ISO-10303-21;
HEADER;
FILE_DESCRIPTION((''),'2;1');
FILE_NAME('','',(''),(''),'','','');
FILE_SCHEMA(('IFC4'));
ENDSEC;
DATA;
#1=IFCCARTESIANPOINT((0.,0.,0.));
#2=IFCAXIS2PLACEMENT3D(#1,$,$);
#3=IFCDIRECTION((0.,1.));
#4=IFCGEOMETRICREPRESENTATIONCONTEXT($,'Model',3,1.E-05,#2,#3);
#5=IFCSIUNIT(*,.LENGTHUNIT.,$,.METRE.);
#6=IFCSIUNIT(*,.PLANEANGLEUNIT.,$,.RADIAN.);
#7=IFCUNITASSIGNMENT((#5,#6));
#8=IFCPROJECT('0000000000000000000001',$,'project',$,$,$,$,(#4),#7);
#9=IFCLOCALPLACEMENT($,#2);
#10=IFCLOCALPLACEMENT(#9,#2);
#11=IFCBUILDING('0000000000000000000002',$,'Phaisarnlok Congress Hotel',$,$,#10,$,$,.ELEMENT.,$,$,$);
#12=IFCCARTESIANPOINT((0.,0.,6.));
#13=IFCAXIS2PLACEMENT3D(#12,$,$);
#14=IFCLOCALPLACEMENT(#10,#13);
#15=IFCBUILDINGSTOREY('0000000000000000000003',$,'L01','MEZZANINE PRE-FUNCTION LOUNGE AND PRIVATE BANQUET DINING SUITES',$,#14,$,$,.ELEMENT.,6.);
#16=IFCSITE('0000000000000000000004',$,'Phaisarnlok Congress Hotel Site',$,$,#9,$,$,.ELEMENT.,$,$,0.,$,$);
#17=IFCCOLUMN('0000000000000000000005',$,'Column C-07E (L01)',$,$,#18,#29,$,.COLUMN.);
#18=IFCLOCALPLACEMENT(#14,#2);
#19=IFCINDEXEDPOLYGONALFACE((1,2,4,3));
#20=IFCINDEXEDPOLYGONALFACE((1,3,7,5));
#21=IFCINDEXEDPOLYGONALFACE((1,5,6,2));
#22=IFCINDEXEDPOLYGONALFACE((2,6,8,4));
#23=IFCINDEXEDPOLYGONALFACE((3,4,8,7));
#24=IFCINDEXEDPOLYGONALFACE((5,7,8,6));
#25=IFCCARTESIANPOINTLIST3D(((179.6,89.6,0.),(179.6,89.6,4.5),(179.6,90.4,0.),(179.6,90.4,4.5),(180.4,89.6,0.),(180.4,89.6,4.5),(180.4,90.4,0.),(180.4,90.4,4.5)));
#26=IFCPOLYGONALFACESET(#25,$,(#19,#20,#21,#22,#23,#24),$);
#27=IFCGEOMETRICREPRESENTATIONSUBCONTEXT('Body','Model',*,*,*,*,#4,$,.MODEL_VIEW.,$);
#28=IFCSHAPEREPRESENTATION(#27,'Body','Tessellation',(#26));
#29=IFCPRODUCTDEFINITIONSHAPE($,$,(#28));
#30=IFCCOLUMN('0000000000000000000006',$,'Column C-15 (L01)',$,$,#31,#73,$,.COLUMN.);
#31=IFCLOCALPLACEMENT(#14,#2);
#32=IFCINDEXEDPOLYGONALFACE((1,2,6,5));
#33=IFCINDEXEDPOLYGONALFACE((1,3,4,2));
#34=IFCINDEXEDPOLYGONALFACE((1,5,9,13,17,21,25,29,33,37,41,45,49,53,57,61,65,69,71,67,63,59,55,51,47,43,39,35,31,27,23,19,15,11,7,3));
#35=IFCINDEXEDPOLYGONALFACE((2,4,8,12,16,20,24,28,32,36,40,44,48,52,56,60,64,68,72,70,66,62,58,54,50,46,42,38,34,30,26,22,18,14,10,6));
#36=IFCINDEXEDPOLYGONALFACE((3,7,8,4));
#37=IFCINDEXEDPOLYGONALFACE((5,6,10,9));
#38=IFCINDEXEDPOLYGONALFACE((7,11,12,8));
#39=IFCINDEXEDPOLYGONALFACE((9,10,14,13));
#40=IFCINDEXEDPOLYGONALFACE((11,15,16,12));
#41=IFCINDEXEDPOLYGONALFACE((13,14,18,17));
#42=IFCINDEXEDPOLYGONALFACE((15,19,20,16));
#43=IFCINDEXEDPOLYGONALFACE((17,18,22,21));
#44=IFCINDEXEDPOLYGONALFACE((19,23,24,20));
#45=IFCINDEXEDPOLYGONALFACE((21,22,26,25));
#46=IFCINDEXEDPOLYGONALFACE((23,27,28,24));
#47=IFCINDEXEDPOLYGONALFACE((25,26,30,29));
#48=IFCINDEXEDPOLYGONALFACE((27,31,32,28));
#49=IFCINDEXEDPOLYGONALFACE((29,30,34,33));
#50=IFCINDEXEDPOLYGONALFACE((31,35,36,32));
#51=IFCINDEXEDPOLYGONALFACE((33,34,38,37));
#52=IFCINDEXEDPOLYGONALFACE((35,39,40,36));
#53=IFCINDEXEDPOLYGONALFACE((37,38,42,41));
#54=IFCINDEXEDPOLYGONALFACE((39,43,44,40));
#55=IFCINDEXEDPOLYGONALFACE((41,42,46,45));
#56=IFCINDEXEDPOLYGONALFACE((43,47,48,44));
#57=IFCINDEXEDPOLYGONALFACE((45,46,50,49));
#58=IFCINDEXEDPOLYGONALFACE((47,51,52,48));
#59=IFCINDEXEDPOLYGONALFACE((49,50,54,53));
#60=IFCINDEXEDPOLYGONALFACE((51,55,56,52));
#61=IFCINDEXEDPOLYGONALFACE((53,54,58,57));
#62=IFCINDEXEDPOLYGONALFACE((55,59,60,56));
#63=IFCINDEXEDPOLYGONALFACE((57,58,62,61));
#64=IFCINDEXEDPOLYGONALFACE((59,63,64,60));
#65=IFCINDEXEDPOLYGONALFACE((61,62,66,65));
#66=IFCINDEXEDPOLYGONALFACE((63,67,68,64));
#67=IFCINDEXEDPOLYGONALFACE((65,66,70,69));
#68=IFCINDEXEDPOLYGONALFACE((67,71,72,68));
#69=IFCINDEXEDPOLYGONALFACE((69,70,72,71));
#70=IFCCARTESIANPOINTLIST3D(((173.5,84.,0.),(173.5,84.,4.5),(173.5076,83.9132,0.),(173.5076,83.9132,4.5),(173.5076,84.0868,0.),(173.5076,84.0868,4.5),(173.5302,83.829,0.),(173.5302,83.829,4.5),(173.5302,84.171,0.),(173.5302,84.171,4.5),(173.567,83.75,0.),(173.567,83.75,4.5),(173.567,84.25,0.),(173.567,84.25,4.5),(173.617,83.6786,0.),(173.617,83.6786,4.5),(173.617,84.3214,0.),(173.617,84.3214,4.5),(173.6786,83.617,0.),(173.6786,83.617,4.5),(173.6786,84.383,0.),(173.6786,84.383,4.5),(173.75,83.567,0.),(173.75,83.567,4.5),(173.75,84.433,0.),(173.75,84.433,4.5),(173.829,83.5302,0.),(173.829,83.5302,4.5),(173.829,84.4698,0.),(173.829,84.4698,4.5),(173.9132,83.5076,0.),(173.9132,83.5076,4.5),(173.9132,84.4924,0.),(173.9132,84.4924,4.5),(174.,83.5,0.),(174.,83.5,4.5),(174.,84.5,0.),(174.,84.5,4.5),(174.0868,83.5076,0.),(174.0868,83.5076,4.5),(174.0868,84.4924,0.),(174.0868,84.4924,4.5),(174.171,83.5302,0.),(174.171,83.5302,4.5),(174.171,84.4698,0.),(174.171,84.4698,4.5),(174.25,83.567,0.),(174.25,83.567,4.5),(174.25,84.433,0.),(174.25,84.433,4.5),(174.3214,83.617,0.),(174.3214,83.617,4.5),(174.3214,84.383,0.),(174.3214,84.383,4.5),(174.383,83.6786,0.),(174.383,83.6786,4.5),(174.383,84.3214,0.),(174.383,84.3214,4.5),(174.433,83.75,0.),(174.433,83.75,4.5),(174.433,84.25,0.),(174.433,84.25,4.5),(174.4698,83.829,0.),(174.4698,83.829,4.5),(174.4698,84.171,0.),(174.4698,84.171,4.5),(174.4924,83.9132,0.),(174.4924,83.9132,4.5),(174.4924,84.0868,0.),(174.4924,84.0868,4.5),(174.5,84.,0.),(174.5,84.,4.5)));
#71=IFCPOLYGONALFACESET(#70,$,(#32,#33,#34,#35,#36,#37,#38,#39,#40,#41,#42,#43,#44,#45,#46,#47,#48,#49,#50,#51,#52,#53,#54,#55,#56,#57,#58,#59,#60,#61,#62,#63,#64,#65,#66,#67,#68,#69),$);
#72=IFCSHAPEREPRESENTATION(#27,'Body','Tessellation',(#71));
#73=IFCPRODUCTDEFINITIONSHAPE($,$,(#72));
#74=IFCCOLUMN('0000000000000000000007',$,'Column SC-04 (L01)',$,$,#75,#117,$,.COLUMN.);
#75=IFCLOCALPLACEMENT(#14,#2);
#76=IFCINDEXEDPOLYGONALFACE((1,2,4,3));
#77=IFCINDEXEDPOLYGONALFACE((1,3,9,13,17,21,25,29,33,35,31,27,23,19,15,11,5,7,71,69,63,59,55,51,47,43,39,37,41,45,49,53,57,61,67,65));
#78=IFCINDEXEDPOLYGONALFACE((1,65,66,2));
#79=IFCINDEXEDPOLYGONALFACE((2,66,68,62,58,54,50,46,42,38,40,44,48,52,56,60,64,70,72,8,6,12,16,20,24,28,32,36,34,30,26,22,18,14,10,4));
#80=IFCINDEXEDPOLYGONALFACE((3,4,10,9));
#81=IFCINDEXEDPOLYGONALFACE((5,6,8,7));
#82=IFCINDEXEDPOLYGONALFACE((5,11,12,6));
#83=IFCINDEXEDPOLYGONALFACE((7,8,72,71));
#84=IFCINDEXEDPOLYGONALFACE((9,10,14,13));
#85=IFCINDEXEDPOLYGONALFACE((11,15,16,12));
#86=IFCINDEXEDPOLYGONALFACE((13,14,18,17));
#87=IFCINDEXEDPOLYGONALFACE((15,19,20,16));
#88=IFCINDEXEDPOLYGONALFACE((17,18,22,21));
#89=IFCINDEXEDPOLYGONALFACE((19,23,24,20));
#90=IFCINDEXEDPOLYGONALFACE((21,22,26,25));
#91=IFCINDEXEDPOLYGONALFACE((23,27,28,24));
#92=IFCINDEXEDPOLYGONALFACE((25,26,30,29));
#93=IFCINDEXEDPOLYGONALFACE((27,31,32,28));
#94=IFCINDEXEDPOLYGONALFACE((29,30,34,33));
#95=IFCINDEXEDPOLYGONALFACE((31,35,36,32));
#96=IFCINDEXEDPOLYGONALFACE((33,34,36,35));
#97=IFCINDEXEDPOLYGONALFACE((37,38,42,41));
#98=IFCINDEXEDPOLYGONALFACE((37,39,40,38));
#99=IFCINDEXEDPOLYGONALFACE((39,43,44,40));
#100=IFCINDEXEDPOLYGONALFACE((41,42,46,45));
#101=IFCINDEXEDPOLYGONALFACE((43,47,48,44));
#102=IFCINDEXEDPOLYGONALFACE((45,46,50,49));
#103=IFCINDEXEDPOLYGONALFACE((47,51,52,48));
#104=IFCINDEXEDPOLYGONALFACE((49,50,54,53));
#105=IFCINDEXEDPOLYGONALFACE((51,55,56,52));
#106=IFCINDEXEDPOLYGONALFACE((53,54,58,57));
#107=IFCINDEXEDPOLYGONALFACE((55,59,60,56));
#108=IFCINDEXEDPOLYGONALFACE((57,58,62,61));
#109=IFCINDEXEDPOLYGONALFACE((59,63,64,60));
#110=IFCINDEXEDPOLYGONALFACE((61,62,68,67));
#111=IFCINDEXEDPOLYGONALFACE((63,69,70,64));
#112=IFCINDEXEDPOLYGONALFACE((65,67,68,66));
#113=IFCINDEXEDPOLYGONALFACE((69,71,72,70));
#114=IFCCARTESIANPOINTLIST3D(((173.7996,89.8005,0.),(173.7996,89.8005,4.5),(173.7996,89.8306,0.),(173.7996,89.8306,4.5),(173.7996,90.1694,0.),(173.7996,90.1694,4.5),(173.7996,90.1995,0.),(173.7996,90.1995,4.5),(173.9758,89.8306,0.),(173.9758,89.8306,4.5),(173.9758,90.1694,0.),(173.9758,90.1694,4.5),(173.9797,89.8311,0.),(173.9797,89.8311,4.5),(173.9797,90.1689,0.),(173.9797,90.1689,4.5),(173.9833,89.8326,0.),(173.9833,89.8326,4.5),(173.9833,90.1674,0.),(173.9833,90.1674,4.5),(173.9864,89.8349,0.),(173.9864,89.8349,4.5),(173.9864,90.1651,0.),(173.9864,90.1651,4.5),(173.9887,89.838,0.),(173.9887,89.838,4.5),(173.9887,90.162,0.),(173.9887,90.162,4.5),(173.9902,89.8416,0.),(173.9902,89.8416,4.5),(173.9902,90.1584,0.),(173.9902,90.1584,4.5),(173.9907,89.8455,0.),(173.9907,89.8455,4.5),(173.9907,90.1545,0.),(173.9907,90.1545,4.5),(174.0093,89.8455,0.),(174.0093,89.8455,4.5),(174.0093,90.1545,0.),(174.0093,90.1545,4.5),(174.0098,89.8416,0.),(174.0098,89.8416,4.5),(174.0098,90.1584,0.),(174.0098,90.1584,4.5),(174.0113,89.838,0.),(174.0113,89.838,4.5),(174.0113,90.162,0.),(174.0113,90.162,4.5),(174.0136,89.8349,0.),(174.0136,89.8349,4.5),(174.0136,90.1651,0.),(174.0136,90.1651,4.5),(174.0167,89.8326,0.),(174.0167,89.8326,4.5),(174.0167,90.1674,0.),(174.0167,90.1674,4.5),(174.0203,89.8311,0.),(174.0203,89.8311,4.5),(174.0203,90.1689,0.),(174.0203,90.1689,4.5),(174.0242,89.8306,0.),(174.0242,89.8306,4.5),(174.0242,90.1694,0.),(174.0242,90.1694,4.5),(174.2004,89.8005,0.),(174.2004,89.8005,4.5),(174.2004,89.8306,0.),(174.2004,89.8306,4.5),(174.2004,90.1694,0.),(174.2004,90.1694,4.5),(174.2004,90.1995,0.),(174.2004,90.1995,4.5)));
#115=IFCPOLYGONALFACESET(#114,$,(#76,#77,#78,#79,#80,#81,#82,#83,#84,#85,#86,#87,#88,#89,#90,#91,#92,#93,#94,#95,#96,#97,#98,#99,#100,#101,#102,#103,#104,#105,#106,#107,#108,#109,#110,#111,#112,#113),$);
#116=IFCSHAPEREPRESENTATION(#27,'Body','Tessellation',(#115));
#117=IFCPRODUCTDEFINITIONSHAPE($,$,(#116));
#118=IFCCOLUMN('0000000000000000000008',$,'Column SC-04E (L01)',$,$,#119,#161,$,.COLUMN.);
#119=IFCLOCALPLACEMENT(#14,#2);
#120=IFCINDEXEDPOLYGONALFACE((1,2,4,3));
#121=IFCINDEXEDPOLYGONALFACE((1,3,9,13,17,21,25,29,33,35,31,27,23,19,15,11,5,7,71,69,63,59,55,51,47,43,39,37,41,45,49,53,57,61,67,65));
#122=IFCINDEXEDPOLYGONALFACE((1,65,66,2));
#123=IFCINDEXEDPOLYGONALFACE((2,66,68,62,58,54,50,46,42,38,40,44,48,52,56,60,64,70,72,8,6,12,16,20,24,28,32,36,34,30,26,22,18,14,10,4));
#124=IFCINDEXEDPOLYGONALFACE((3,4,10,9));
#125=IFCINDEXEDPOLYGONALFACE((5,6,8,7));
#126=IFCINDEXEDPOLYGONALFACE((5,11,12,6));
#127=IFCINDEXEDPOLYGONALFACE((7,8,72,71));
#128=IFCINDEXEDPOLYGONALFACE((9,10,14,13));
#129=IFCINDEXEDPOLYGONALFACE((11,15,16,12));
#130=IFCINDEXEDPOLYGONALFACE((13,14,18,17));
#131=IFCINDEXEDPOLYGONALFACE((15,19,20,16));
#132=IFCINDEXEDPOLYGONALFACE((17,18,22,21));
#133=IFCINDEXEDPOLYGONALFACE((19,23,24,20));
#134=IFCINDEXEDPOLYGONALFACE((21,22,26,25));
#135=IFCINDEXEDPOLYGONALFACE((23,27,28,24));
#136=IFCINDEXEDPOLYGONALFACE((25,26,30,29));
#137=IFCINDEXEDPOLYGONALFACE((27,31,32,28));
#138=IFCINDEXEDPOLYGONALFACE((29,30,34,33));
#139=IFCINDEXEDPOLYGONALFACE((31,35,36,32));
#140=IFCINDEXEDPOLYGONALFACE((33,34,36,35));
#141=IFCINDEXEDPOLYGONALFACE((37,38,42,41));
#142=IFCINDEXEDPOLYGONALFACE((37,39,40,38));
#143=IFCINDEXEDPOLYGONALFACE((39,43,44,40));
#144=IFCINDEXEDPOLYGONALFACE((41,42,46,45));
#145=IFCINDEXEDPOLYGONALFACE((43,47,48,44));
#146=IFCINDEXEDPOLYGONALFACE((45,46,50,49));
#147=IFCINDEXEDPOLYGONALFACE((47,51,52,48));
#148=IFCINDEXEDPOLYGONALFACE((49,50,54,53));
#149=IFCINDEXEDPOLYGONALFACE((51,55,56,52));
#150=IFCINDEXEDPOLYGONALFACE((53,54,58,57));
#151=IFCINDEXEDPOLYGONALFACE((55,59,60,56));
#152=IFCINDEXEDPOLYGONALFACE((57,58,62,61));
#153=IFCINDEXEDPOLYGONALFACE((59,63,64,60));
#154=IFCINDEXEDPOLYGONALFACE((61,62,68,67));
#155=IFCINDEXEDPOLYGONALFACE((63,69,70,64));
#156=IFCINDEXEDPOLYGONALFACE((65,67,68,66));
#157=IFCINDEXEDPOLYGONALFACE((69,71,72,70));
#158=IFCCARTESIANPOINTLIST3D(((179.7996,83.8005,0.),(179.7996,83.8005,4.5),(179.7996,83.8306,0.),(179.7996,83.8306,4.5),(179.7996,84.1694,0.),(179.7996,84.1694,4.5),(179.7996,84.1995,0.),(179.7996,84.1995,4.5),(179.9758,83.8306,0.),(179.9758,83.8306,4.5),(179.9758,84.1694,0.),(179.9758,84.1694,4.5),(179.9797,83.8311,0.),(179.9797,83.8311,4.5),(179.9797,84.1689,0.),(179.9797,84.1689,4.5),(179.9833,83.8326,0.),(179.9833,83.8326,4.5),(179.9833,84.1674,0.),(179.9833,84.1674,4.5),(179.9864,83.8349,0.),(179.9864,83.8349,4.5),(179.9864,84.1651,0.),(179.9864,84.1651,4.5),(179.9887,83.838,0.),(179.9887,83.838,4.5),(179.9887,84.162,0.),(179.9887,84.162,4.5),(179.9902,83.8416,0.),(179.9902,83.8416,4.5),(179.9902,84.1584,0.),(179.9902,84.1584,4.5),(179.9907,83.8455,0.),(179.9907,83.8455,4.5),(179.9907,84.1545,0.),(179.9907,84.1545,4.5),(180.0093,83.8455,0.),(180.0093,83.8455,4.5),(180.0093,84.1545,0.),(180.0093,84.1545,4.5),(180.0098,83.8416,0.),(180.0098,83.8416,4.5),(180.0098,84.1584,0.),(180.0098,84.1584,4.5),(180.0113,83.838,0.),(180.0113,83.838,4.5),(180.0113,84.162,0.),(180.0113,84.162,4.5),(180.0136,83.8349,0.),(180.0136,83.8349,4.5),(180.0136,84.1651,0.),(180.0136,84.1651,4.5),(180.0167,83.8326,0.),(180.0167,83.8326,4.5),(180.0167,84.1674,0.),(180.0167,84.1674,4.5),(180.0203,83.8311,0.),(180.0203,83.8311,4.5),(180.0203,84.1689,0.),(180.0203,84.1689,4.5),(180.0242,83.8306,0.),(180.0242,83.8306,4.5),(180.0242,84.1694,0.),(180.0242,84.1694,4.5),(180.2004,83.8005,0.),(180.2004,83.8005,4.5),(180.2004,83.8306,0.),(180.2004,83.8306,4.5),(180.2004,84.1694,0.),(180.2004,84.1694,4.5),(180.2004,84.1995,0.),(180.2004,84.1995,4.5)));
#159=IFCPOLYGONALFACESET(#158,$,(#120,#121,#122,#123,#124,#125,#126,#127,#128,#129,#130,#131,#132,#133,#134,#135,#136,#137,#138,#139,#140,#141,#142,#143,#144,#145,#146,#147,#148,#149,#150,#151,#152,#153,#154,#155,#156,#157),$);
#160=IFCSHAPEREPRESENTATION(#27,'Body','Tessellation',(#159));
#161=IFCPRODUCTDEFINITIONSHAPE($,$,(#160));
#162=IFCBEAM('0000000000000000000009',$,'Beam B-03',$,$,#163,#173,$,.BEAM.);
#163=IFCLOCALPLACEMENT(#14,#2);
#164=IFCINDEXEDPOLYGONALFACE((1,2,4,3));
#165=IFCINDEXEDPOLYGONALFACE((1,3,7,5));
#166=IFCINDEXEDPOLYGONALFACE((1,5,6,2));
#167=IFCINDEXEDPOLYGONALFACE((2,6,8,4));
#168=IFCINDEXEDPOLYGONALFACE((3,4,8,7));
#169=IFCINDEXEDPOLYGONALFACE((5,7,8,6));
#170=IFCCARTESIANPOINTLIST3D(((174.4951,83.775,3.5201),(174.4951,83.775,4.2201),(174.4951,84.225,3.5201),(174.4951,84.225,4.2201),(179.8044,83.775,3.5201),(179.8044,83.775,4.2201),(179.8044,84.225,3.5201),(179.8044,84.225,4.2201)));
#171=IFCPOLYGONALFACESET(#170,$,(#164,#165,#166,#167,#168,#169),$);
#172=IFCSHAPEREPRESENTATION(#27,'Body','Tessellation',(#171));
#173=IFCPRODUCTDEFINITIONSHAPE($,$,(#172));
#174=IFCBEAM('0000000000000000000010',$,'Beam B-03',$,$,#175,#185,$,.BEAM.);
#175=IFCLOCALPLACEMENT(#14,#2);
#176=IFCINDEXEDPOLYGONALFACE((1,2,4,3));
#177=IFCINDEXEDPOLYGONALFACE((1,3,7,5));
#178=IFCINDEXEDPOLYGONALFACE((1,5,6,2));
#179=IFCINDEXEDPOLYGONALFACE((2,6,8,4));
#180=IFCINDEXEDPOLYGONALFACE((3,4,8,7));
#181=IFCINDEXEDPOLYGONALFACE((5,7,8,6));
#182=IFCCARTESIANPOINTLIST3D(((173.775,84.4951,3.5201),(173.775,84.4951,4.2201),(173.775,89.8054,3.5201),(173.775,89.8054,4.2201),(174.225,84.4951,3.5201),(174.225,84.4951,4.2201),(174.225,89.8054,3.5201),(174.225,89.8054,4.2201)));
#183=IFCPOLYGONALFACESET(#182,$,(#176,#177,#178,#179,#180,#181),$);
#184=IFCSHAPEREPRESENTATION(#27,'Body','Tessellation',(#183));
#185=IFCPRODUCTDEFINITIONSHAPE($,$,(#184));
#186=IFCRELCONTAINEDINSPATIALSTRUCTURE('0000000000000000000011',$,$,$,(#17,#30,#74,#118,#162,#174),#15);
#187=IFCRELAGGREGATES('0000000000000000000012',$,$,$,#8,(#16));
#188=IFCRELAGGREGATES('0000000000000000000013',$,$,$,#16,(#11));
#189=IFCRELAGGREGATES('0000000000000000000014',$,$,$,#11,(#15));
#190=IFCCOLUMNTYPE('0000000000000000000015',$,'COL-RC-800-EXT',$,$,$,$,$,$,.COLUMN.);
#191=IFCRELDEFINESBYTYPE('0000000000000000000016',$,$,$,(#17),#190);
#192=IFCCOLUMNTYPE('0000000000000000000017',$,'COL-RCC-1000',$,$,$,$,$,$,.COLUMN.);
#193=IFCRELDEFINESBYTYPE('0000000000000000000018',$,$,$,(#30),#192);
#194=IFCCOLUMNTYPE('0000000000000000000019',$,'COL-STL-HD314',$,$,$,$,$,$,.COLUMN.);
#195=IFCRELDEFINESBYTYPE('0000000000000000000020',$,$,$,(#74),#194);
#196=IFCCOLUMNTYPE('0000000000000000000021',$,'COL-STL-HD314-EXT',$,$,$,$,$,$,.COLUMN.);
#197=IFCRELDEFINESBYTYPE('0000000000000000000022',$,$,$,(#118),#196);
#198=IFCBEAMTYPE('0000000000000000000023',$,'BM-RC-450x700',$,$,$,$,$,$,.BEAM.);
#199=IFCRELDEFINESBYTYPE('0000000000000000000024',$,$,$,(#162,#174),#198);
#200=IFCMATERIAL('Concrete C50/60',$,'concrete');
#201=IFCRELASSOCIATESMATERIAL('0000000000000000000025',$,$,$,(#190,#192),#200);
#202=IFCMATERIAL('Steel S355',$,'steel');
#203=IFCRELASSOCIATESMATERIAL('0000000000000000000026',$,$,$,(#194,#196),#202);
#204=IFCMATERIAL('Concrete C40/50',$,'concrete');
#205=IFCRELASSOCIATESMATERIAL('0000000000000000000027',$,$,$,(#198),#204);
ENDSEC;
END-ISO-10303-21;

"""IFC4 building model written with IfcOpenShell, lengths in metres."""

from ifc_helpers import new_model, si_unit, direction, frame, origin, origin_2d, place, context, subcontext, project, spatial, rectangle, circle, i_section, extrude, material, material_profile, profile_set, type_object, element, save


model = new_model("IFC4")

# Units and contexts
model_context = context("Model", 3, precision=1e-05, world=origin(), true_north=direction((0.0, 1.0)))
body_context = subcontext(model_context, "Body", "Model", "MODEL_VIEW")
ifc_project = project(units=[si_unit("LENGTHUNIT", "METRE"), si_unit("PLANEANGLEUNIT", "RADIAN")], contexts=[model_context])

# Site, building, storey
site_placement = place(None, origin())
site = spatial("IfcSite", under=ifc_project, at=site_placement, Name="Phaisarnlok Congress Hotel Site", CompositionType="ELEMENT", RefElevation=0.0)
building_placement = place(site_placement, origin())
building = spatial("IfcBuilding", under=site, at=building_placement, Name="Phaisarnlok Congress Hotel", CompositionType="ELEMENT")
storey_placement = place(building_placement, frame((0.0, 0.0, 6.0)))
storey = spatial("IfcBuildingStorey", under=building, at=storey_placement, Name="L01", Description="MEZZANINE PRE-FUNCTION LOUNGE AND PRIVATE BANQUET DINING SUITES", CompositionType="ELEMENT", Elevation=6.0)

# Columns
ifc_material_1 = material(Name="Concrete C50/60", Category="concrete")
ifc_material_profile_1 = material_profile(ifc_material_1, rectangle(XDim=0.8, YDim=0.8, at=origin_2d()), Name="RC 800x800")
ifc_profile_set_1 = profile_set([ifc_material_profile_1], Name="Concrete C50/60")
column_type_1 = type_object("IfcColumnType", Name="COL-RC-800-EXT", PredefinedType="COLUMN", material=ifc_profile_set_1)
column_1_placement = place(storey_placement, frame((180.0, 90.0, 0.0), z_axis=(0.0, 0.0, 1.0), x_axis=(1.0, 0.0, 0.0)))
element("IfcColumn", 1, at=column_1_placement, inside=storey, type_object=column_type_1, Name="Column C-07E (L01)", PredefinedType="COLUMN", context=body_context, shape_type="SweptSolid", body=[
    extrude(rectangle(XDim=0.8, YDim=0.8, at=origin_2d()), origin(), (0.0, 0.0, 1.0), 4.5),
])
ifc_material_profile_2 = material_profile(ifc_material_1, circle(Radius=0.5, at=origin_2d()), Name="RCC D1000")
ifc_profile_set_2 = profile_set([ifc_material_profile_2], Name="Concrete C50/60")
column_type_2 = type_object("IfcColumnType", Name="COL-RCC-1000", PredefinedType="COLUMN", material=ifc_profile_set_2)
column_2_placement = place(storey_placement, frame((174.0, 84.0, 0.0), z_axis=(0.0, 0.0, 1.0), x_axis=(1.0, 0.0, 0.0)))
element("IfcColumn", 2, at=column_2_placement, inside=storey, type_object=column_type_2, Name="Column C-15 (L01)", PredefinedType="COLUMN", context=body_context, shape_type="SweptSolid", body=[
    extrude(circle(Radius=0.5, at=origin_2d()), origin(), (0.0, 0.0, 1.0), 4.5),
])
ifc_material_2 = material(Name="Steel S355", Category="steel")
ifc_material_profile_3 = material_profile(ifc_material_2, i_section(OverallWidth=0.4009, OverallDepth=0.3989, WebThickness=0.0186, FlangeThickness=0.03, FilletRadius=0.0149, at=origin_2d()), Name="HD 400x314")
ifc_profile_set_3 = profile_set([ifc_material_profile_3], Name="Steel S355")
column_type_3 = type_object("IfcColumnType", Name="COL-STL-HD314", PredefinedType="COLUMN", material=ifc_profile_set_3)
column_3_placement = place(storey_placement, frame((174.0, 90.0, 0.0), z_axis=(0.0, 0.0, 1.0), x_axis=(1.0, 0.0, 0.0)))
element("IfcColumn", 3, at=column_3_placement, inside=storey, type_object=column_type_3, Name="Column SC-04 (L01)", PredefinedType="COLUMN", context=body_context, shape_type="SweptSolid", body=[
    extrude(i_section(OverallWidth=0.4009, OverallDepth=0.3989, WebThickness=0.0186, FlangeThickness=0.03, FilletRadius=0.0149, at=origin_2d()), origin(), (0.0, 0.0, 1.0), 4.5),
])
ifc_material_profile_4 = material_profile(ifc_material_2, i_section(OverallWidth=0.4009, OverallDepth=0.3989, WebThickness=0.0186, FlangeThickness=0.03, FilletRadius=0.0149, at=origin_2d()), Name="HD 400x314")
ifc_profile_set_4 = profile_set([ifc_material_profile_4], Name="Steel S355")
column_type_4 = type_object("IfcColumnType", Name="COL-STL-HD314-EXT", PredefinedType="COLUMN", material=ifc_profile_set_4)
column_4_placement = place(storey_placement, frame((180.0, 84.0, 0.0), z_axis=(0.0, 0.0, 1.0), x_axis=(1.0, 0.0, 0.0)))
element("IfcColumn", 4, at=column_4_placement, inside=storey, type_object=column_type_4, Name="Column SC-04E (L01)", PredefinedType="COLUMN", context=body_context, shape_type="SweptSolid", body=[
    extrude(i_section(OverallWidth=0.4009, OverallDepth=0.3989, WebThickness=0.0186, FlangeThickness=0.03, FilletRadius=0.0149, at=origin_2d()), origin(), (0.0, 0.0, 1.0), 4.5),
])

# Beams
ifc_material_3 = material(Name="Concrete C40/50", Category="concrete")
ifc_material_profile_5 = material_profile(ifc_material_3, rectangle(XDim=0.45, YDim=0.7, at=origin_2d()), Name="RC 450x700")
ifc_profile_set_5 = profile_set([ifc_material_profile_5], Name="Concrete C40/50")
beam_type_1 = type_object("IfcBeamType", Name="BM-RC-450x700", PredefinedType="BEAM", material=ifc_profile_set_5)
beam_1_placement = place(storey_placement, frame((174.4951, 84.0, 3.8701), z_axis=(1.0, 0.0, 0.0), x_axis=(0.0, 1.0, 0.0)))
element("IfcBeam", 5, at=beam_1_placement, inside=storey, type_object=beam_type_1, Name="Beam B-03", PredefinedType="BEAM", context=body_context, shape_type="SweptSolid", body=[
    extrude(rectangle(XDim=0.45, YDim=0.7, at=origin_2d()), origin(), (0.0, 0.0, 1.0), 5.3093),
])
beam_2_placement = place(storey_placement, frame((174.0, 84.4951, 3.8701), z_axis=(0.0, 1.0, 0.0), x_axis=(-1.0, 0.0, 0.0)))
element("IfcBeam", 6, at=beam_2_placement, inside=storey, type_object=beam_type_1, Name="Beam B-03", PredefinedType="BEAM", context=body_context, shape_type="SweptSolid", body=[
    extrude(rectangle(XDim=0.45, YDim=0.7, at=origin_2d()), origin(), (0.0, 0.0, 1.0), 5.3103),
])

save(model, "model.ifc")
